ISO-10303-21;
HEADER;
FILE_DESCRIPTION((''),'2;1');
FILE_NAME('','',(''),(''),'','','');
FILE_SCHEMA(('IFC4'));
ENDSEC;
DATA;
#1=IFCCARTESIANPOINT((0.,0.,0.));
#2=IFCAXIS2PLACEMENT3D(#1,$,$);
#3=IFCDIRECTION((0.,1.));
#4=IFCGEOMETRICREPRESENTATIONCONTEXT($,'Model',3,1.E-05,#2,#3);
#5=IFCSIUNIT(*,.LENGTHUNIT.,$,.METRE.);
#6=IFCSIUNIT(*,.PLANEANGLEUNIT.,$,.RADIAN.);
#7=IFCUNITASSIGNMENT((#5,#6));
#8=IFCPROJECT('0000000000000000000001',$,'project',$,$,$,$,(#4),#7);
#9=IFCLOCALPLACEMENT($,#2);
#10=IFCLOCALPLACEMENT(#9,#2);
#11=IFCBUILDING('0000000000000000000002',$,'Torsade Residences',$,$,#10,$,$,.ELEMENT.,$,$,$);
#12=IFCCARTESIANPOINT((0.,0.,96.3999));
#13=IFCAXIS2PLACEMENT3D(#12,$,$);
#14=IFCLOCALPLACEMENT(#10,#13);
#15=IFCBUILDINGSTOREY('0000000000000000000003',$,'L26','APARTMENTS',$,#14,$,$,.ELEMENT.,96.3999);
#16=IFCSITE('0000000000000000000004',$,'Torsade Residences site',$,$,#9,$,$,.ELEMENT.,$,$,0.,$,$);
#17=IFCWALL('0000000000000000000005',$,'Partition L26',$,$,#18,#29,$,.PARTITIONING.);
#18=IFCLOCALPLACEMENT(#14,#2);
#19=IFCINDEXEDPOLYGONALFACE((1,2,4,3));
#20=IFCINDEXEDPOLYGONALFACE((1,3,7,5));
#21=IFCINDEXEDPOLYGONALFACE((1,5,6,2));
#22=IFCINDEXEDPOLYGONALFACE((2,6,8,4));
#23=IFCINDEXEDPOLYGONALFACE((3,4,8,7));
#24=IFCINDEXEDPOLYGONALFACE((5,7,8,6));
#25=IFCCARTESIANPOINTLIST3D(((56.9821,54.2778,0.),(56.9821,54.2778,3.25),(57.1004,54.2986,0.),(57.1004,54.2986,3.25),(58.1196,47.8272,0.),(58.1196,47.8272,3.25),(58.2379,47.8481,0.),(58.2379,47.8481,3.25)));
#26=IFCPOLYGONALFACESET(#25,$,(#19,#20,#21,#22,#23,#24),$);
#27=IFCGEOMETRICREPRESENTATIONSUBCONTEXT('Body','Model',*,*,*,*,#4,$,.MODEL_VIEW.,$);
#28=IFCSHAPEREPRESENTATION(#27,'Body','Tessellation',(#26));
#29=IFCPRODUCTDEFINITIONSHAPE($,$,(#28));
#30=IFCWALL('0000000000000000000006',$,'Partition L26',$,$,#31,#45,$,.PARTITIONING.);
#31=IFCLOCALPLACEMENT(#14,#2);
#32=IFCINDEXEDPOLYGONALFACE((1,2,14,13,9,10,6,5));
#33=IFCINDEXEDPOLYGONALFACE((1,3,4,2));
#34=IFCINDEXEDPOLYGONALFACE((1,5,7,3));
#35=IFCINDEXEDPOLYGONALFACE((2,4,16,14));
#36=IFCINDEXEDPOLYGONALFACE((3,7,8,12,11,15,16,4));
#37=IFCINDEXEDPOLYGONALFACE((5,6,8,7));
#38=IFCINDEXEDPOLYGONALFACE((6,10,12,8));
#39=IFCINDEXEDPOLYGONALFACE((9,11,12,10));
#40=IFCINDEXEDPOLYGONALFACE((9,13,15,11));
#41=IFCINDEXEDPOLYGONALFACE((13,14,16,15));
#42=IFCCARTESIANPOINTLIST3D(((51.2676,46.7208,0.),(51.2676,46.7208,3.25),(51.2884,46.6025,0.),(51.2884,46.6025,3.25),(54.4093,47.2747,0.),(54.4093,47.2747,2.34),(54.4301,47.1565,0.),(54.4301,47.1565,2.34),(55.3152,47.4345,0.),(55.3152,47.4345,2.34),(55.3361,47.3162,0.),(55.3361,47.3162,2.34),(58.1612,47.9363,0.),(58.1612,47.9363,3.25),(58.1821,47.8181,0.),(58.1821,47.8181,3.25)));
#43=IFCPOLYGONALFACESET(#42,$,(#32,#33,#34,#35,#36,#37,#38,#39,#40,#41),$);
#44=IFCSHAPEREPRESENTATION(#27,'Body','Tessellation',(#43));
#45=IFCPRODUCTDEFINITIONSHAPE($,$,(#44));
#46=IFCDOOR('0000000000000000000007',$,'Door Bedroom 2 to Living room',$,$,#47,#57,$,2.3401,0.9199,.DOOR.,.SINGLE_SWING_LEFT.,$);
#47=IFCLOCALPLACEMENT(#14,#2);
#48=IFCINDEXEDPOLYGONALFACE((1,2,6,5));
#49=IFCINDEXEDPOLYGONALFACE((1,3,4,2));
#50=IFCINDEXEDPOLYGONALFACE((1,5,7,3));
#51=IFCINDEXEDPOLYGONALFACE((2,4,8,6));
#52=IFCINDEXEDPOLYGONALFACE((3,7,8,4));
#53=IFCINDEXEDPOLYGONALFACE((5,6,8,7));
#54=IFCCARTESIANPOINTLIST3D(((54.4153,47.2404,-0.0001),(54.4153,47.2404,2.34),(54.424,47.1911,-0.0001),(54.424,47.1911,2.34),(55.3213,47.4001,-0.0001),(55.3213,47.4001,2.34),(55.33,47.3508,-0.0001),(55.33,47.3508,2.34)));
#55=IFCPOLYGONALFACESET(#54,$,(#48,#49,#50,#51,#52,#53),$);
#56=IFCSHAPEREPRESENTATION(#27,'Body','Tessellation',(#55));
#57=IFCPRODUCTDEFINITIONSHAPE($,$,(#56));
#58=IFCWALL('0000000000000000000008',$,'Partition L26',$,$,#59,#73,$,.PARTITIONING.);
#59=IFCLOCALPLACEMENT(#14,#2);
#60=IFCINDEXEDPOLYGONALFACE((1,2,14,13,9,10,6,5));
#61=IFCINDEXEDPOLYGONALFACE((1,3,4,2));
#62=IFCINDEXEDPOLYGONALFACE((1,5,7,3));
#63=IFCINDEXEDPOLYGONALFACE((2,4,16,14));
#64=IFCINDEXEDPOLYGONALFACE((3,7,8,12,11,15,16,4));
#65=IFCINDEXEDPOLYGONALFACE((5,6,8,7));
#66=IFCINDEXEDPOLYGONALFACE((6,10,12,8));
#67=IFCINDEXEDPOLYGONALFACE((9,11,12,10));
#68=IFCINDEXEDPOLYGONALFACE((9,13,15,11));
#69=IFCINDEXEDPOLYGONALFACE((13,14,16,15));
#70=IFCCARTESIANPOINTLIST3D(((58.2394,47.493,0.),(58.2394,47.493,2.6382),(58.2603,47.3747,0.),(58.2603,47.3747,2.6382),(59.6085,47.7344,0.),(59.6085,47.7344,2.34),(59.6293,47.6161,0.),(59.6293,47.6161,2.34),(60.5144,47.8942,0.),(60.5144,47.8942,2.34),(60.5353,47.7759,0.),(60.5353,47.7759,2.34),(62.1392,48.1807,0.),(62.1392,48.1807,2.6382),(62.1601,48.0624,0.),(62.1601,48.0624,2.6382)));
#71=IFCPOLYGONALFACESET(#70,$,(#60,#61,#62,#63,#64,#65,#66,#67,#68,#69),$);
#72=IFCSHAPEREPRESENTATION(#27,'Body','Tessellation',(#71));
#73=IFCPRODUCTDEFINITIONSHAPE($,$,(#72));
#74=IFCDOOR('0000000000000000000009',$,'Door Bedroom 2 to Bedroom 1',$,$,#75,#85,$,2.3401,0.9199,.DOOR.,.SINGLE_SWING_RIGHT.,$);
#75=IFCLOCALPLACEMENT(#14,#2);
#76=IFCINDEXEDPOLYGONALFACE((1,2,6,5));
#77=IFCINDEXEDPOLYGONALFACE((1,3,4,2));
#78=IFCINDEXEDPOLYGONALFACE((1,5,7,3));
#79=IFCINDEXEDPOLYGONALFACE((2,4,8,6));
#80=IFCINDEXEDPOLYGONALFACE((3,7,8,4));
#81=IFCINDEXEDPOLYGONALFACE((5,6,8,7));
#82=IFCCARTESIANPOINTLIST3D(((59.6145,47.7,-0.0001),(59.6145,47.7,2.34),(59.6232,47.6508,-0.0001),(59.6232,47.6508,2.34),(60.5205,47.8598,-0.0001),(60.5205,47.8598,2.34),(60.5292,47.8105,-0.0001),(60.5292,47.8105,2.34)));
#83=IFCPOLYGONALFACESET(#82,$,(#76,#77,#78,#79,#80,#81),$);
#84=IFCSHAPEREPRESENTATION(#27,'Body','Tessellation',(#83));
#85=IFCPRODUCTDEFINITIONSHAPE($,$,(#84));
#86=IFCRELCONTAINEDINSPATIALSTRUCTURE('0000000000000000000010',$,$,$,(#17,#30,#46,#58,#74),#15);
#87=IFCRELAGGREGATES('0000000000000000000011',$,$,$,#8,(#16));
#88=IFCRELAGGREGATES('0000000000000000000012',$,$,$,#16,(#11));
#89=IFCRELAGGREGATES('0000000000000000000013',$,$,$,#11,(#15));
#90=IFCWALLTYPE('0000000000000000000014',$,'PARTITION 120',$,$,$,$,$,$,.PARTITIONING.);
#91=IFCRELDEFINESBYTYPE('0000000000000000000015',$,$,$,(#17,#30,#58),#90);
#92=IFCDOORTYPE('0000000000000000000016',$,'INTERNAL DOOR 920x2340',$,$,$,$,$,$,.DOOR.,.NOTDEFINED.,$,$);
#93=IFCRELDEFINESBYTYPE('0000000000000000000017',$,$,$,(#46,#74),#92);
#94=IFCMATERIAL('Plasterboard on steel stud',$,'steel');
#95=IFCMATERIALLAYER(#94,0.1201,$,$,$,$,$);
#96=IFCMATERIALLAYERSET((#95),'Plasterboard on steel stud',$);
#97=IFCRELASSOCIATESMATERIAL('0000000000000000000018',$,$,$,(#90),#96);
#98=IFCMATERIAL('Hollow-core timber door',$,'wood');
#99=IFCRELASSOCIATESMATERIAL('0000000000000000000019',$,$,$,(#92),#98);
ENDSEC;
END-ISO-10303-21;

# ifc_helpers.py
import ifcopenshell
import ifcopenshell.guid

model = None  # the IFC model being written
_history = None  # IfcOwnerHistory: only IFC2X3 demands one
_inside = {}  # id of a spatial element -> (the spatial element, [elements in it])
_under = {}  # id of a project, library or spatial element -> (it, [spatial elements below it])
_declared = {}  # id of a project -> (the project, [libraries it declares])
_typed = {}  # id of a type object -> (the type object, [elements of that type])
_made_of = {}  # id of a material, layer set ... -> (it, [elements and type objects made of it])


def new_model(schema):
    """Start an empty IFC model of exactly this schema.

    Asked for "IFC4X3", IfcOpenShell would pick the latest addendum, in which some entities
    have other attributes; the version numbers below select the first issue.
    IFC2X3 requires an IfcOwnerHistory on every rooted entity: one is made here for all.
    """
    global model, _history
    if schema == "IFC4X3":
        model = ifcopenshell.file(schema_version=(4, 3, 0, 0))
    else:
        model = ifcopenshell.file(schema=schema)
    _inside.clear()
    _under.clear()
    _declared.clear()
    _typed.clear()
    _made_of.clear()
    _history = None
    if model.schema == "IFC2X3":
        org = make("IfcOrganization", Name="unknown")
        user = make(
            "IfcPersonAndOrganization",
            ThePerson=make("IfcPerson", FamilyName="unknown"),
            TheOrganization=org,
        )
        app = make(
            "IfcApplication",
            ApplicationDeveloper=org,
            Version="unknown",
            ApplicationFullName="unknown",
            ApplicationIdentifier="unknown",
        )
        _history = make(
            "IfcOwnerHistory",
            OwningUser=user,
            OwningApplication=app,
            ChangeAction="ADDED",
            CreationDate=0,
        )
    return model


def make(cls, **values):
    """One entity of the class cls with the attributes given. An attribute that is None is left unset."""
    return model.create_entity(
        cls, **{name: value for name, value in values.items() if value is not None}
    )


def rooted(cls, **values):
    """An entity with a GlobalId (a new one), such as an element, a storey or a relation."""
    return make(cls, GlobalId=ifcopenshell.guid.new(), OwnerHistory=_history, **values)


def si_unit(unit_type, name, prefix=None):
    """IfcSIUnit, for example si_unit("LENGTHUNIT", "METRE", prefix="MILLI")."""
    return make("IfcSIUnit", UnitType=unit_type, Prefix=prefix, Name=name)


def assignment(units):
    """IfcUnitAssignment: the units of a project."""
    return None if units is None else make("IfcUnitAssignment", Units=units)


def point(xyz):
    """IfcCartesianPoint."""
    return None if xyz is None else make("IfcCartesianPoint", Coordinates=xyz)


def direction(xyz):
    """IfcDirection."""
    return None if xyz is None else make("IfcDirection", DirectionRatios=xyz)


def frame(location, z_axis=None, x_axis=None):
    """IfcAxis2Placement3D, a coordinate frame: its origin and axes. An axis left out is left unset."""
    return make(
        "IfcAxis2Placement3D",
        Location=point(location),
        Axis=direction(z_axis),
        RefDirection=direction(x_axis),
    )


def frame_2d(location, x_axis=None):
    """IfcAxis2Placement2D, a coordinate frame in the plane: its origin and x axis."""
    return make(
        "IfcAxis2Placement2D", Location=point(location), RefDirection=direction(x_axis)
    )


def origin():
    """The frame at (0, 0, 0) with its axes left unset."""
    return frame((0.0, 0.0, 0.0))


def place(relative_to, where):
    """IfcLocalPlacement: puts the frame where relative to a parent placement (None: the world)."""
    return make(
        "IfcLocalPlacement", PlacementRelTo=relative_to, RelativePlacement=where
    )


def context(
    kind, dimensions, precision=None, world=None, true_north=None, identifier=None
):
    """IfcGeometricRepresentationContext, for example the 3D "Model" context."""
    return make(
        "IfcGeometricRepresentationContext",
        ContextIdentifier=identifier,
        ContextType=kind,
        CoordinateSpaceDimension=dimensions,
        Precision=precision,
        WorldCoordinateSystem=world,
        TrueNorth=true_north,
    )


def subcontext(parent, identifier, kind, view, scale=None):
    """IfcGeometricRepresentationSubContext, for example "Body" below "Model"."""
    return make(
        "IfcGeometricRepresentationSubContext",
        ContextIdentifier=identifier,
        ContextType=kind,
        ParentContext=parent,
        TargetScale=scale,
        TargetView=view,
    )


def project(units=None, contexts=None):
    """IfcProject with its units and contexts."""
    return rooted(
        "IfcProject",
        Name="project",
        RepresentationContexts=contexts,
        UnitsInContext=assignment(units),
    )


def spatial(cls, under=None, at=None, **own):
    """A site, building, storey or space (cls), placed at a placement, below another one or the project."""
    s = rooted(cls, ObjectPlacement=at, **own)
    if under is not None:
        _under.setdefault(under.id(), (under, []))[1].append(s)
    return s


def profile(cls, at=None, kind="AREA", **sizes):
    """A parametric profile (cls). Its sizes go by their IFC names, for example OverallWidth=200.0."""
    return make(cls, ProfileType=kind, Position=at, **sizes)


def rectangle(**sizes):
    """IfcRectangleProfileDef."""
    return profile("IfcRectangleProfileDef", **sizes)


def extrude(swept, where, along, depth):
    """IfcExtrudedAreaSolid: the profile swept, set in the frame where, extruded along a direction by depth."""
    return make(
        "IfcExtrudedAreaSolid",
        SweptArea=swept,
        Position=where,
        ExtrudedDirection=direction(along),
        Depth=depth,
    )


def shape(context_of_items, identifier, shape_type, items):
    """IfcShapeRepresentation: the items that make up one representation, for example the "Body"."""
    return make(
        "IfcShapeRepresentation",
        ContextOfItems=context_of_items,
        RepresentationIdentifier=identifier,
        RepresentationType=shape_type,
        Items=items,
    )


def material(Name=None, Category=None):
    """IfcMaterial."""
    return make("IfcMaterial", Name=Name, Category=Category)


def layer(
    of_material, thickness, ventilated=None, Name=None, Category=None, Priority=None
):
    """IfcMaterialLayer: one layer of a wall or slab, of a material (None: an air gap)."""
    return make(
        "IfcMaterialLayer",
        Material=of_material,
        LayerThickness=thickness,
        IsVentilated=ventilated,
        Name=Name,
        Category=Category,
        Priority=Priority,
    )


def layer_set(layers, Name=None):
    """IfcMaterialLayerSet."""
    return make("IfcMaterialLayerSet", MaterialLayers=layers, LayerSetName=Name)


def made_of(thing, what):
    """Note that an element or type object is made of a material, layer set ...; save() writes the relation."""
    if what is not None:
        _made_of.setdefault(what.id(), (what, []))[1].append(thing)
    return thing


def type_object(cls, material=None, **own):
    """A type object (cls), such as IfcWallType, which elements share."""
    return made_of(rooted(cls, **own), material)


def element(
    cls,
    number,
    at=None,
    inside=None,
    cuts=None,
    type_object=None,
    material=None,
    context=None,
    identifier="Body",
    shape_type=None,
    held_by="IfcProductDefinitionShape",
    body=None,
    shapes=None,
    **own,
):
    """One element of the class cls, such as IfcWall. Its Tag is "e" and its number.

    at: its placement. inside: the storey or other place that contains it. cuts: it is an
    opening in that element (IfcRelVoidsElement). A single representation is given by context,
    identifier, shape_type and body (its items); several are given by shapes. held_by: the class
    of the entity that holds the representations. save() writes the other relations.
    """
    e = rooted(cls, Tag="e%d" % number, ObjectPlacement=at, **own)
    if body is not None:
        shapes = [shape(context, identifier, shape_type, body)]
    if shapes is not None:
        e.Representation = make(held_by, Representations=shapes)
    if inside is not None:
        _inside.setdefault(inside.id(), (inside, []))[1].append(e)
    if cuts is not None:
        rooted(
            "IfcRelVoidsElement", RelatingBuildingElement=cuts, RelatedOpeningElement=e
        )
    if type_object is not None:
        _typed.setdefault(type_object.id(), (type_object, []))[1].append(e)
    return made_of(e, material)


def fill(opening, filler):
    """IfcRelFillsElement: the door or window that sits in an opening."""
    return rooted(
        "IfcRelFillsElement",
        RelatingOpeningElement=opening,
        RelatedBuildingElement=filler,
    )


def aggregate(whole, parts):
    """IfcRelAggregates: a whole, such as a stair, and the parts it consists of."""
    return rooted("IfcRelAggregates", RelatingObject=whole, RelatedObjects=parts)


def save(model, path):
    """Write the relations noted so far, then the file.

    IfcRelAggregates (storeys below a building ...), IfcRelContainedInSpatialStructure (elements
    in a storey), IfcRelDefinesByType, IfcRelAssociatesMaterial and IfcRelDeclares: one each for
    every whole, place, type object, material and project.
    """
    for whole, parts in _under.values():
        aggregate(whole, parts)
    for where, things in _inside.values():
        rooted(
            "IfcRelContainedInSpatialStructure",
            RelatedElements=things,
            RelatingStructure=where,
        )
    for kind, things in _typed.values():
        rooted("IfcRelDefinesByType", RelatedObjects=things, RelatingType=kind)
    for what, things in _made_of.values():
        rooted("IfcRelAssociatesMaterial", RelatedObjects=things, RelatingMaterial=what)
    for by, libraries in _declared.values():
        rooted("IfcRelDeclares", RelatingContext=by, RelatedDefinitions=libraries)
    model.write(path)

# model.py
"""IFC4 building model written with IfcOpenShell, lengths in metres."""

from ifc_helpers import new_model, si_unit, direction, frame, frame_2d, origin, place, context, subcontext, project, spatial, rectangle, extrude, material, layer, layer_set, type_object, element, fill, save


model = new_model("IFC4")

# Units and contexts
model_context = context("Model", 3, precision=1e-05, world=origin(), true_north=direction((0.0, 1.0)))
body_context = subcontext(model_context, "Body", "Model", "MODEL_VIEW")
ifc_project = project(units=[si_unit("LENGTHUNIT", "METRE"), si_unit("PLANEANGLEUNIT", "RADIAN")], contexts=[model_context])

# Site, building, storey
site_placement = place(None, origin())
site = spatial("IfcSite", under=ifc_project, at=site_placement, Name="Torsade Residences site", CompositionType="ELEMENT", RefElevation=0.0)
building_placement = place(site_placement, origin())
building = spatial("IfcBuilding", under=site, at=building_placement, Name="Torsade Residences", CompositionType="ELEMENT")
storey_placement = place(building_placement, frame((0.0, 0.0, 96.3999)))
storey = spatial("IfcBuildingStorey", under=building, at=storey_placement, Name="L26", Description="APARTMENTS", CompositionType="ELEMENT", Elevation=96.3999)

# Shared definitions
ifc_material_1 = material(Name="Plasterboard on steel stud", Category="steel")
ifc_layer_1 = layer(ifc_material_1, 0.1201)
ifc_layer_set_1 = layer_set([ifc_layer_1], Name="Plasterboard on steel stud")
wall_type = type_object("IfcWallType", Name="PARTITION 120", PredefinedType="PARTITIONING", material=ifc_layer_set_1)
ifc_material_2 = material(Name="Hollow-core timber door", Category="wood")
door_type_1 = type_object("IfcDoorType", Name="INTERNAL DOOR 920x2340", OperationType="NOTDEFINED", PredefinedType="DOOR", material=ifc_material_2)

# Wall
wall_1_placement = place(storey_placement, frame((57.0413, 54.2881, 0.0), z_axis=(0.0, 0.0, 1.0), x_axis=(0.173658, -0.984806, 0.0)))
element("IfcWall", 1, at=wall_1_placement, inside=storey, type_object=wall_type, Name="Partition L26", PredefinedType="PARTITIONING", context=body_context, shape_type="SweptSolid", body=[
    extrude(rectangle(XDim=6.55, YDim=0.1201, at=frame_2d((3.2749, 0.0))), origin(), (0.0, 0.0, 1.0), 3.25),
])

# Walls, openings, doors
wall_2_placement = place(storey_placement, frame((58.1716, 47.8772, 0.0), z_axis=(0.0, 0.0, 1.0), x_axis=(-0.984806, -0.173656, 0.0)))
wall_2 = element("IfcWall", 2, at=wall_2_placement, inside=storey, type_object=wall_type, Name="Partition L26", PredefinedType="PARTITIONING", context=body_context, shape_type="SweptSolid", body=[
    extrude(rectangle(XDim=7.0, YDim=0.1201, at=frame_2d((3.5, 0.0))), origin(), (0.0, 0.0, 1.0), 3.25),
])
opening_1_placement = place(wall_2_placement, frame((2.8899, 0.0, 0.0)))
opening_1 = element("IfcOpeningElement", 3, at=opening_1_placement, cuts=wall_2, PredefinedType="OPENING", context=body_context, shape_type="SweptSolid", body=[
    extrude(rectangle(XDim=0.9199, YDim=2.3401, at=frame_2d((0.46, 1.1699))), frame((0.0, 0.0701, 0.0), z_axis=(0.0, -1.0, 0.0), x_axis=(1.0, 0.0, 0.0)), (0.0, 0.0, 1.0), 0.1401),
])
door_1_placement = place(opening_1_placement, origin())
door_1 = element("IfcDoor", 4, at=door_1_placement, inside=storey, type_object=door_type_1, Name="Door Bedroom 2 to Living room", OperationType="SINGLE_SWING_LEFT", OverallHeight=2.3401, OverallWidth=0.9199, PredefinedType="DOOR", context=body_context, shape_type="SweptSolid", body=[
    extrude(rectangle(XDim=0.9199, YDim=2.3401, at=frame_2d((0.46, 1.1699))), frame((0.0, 0.0249, 0.0), z_axis=(0.0, -1.0, 0.0), x_axis=(1.0, 0.0, 0.0)), (0.0, 0.0, 1.0), 0.05),
])
fill(opening_1, door_1)
wall_3_placement = place(storey_placement, frame((62.1497, 48.1216, 0.0), z_axis=(0.0, 0.0, 1.0), x_axis=(-0.984804, -0.173669, 0.0)))
wall_3 = element("IfcWall", 5, at=wall_3_placement, inside=storey, type_object=wall_type, Name="Partition L26", PredefinedType="PARTITIONING", context=body_context, shape_type="SweptSolid", body=[
    extrude(rectangle(XDim=3.96, YDim=0.1201, at=frame_2d((1.98, 0.0))), origin(), (0.0, 0.0, 1.0), 2.6382),
])
opening_2_placement = place(wall_3_placement, frame((1.6499, 0.0, 0.0)))
opening_2 = element("IfcOpeningElement", 6, at=opening_2_placement, cuts=wall_3, PredefinedType="OPENING", context=body_context, shape_type="SweptSolid", body=[
    extrude(rectangle(XDim=0.9199, YDim=2.3401, at=frame_2d((0.46, 1.1699))), frame((0.0, 0.0701, 0.0), z_axis=(0.0, -1.0, 0.0), x_axis=(1.0, 0.0, 0.0)), (0.0, 0.0, 1.0), 0.1401),
])
door_2_placement = place(opening_2_placement, origin())
door_2 = element("IfcDoor", 7, at=door_2_placement, inside=storey, type_object=door_type_1, Name="Door Bedroom 2 to Bedroom 1", OperationType="SINGLE_SWING_RIGHT", OverallHeight=2.3401, OverallWidth=0.9199, PredefinedType="DOOR", context=body_context, shape_type="SweptSolid", body=[
    extrude(rectangle(XDim=0.9199, YDim=2.3401, at=frame_2d((0.46, 1.1699))), frame((0.0, 0.0249, 0.0), z_axis=(0.0, -1.0, 0.0), x_axis=(1.0, 0.0, 0.0)), (0.0, 0.0, 1.0), 0.05),
])
fill(opening_2, door_2)

save(model, "model.ifc")
